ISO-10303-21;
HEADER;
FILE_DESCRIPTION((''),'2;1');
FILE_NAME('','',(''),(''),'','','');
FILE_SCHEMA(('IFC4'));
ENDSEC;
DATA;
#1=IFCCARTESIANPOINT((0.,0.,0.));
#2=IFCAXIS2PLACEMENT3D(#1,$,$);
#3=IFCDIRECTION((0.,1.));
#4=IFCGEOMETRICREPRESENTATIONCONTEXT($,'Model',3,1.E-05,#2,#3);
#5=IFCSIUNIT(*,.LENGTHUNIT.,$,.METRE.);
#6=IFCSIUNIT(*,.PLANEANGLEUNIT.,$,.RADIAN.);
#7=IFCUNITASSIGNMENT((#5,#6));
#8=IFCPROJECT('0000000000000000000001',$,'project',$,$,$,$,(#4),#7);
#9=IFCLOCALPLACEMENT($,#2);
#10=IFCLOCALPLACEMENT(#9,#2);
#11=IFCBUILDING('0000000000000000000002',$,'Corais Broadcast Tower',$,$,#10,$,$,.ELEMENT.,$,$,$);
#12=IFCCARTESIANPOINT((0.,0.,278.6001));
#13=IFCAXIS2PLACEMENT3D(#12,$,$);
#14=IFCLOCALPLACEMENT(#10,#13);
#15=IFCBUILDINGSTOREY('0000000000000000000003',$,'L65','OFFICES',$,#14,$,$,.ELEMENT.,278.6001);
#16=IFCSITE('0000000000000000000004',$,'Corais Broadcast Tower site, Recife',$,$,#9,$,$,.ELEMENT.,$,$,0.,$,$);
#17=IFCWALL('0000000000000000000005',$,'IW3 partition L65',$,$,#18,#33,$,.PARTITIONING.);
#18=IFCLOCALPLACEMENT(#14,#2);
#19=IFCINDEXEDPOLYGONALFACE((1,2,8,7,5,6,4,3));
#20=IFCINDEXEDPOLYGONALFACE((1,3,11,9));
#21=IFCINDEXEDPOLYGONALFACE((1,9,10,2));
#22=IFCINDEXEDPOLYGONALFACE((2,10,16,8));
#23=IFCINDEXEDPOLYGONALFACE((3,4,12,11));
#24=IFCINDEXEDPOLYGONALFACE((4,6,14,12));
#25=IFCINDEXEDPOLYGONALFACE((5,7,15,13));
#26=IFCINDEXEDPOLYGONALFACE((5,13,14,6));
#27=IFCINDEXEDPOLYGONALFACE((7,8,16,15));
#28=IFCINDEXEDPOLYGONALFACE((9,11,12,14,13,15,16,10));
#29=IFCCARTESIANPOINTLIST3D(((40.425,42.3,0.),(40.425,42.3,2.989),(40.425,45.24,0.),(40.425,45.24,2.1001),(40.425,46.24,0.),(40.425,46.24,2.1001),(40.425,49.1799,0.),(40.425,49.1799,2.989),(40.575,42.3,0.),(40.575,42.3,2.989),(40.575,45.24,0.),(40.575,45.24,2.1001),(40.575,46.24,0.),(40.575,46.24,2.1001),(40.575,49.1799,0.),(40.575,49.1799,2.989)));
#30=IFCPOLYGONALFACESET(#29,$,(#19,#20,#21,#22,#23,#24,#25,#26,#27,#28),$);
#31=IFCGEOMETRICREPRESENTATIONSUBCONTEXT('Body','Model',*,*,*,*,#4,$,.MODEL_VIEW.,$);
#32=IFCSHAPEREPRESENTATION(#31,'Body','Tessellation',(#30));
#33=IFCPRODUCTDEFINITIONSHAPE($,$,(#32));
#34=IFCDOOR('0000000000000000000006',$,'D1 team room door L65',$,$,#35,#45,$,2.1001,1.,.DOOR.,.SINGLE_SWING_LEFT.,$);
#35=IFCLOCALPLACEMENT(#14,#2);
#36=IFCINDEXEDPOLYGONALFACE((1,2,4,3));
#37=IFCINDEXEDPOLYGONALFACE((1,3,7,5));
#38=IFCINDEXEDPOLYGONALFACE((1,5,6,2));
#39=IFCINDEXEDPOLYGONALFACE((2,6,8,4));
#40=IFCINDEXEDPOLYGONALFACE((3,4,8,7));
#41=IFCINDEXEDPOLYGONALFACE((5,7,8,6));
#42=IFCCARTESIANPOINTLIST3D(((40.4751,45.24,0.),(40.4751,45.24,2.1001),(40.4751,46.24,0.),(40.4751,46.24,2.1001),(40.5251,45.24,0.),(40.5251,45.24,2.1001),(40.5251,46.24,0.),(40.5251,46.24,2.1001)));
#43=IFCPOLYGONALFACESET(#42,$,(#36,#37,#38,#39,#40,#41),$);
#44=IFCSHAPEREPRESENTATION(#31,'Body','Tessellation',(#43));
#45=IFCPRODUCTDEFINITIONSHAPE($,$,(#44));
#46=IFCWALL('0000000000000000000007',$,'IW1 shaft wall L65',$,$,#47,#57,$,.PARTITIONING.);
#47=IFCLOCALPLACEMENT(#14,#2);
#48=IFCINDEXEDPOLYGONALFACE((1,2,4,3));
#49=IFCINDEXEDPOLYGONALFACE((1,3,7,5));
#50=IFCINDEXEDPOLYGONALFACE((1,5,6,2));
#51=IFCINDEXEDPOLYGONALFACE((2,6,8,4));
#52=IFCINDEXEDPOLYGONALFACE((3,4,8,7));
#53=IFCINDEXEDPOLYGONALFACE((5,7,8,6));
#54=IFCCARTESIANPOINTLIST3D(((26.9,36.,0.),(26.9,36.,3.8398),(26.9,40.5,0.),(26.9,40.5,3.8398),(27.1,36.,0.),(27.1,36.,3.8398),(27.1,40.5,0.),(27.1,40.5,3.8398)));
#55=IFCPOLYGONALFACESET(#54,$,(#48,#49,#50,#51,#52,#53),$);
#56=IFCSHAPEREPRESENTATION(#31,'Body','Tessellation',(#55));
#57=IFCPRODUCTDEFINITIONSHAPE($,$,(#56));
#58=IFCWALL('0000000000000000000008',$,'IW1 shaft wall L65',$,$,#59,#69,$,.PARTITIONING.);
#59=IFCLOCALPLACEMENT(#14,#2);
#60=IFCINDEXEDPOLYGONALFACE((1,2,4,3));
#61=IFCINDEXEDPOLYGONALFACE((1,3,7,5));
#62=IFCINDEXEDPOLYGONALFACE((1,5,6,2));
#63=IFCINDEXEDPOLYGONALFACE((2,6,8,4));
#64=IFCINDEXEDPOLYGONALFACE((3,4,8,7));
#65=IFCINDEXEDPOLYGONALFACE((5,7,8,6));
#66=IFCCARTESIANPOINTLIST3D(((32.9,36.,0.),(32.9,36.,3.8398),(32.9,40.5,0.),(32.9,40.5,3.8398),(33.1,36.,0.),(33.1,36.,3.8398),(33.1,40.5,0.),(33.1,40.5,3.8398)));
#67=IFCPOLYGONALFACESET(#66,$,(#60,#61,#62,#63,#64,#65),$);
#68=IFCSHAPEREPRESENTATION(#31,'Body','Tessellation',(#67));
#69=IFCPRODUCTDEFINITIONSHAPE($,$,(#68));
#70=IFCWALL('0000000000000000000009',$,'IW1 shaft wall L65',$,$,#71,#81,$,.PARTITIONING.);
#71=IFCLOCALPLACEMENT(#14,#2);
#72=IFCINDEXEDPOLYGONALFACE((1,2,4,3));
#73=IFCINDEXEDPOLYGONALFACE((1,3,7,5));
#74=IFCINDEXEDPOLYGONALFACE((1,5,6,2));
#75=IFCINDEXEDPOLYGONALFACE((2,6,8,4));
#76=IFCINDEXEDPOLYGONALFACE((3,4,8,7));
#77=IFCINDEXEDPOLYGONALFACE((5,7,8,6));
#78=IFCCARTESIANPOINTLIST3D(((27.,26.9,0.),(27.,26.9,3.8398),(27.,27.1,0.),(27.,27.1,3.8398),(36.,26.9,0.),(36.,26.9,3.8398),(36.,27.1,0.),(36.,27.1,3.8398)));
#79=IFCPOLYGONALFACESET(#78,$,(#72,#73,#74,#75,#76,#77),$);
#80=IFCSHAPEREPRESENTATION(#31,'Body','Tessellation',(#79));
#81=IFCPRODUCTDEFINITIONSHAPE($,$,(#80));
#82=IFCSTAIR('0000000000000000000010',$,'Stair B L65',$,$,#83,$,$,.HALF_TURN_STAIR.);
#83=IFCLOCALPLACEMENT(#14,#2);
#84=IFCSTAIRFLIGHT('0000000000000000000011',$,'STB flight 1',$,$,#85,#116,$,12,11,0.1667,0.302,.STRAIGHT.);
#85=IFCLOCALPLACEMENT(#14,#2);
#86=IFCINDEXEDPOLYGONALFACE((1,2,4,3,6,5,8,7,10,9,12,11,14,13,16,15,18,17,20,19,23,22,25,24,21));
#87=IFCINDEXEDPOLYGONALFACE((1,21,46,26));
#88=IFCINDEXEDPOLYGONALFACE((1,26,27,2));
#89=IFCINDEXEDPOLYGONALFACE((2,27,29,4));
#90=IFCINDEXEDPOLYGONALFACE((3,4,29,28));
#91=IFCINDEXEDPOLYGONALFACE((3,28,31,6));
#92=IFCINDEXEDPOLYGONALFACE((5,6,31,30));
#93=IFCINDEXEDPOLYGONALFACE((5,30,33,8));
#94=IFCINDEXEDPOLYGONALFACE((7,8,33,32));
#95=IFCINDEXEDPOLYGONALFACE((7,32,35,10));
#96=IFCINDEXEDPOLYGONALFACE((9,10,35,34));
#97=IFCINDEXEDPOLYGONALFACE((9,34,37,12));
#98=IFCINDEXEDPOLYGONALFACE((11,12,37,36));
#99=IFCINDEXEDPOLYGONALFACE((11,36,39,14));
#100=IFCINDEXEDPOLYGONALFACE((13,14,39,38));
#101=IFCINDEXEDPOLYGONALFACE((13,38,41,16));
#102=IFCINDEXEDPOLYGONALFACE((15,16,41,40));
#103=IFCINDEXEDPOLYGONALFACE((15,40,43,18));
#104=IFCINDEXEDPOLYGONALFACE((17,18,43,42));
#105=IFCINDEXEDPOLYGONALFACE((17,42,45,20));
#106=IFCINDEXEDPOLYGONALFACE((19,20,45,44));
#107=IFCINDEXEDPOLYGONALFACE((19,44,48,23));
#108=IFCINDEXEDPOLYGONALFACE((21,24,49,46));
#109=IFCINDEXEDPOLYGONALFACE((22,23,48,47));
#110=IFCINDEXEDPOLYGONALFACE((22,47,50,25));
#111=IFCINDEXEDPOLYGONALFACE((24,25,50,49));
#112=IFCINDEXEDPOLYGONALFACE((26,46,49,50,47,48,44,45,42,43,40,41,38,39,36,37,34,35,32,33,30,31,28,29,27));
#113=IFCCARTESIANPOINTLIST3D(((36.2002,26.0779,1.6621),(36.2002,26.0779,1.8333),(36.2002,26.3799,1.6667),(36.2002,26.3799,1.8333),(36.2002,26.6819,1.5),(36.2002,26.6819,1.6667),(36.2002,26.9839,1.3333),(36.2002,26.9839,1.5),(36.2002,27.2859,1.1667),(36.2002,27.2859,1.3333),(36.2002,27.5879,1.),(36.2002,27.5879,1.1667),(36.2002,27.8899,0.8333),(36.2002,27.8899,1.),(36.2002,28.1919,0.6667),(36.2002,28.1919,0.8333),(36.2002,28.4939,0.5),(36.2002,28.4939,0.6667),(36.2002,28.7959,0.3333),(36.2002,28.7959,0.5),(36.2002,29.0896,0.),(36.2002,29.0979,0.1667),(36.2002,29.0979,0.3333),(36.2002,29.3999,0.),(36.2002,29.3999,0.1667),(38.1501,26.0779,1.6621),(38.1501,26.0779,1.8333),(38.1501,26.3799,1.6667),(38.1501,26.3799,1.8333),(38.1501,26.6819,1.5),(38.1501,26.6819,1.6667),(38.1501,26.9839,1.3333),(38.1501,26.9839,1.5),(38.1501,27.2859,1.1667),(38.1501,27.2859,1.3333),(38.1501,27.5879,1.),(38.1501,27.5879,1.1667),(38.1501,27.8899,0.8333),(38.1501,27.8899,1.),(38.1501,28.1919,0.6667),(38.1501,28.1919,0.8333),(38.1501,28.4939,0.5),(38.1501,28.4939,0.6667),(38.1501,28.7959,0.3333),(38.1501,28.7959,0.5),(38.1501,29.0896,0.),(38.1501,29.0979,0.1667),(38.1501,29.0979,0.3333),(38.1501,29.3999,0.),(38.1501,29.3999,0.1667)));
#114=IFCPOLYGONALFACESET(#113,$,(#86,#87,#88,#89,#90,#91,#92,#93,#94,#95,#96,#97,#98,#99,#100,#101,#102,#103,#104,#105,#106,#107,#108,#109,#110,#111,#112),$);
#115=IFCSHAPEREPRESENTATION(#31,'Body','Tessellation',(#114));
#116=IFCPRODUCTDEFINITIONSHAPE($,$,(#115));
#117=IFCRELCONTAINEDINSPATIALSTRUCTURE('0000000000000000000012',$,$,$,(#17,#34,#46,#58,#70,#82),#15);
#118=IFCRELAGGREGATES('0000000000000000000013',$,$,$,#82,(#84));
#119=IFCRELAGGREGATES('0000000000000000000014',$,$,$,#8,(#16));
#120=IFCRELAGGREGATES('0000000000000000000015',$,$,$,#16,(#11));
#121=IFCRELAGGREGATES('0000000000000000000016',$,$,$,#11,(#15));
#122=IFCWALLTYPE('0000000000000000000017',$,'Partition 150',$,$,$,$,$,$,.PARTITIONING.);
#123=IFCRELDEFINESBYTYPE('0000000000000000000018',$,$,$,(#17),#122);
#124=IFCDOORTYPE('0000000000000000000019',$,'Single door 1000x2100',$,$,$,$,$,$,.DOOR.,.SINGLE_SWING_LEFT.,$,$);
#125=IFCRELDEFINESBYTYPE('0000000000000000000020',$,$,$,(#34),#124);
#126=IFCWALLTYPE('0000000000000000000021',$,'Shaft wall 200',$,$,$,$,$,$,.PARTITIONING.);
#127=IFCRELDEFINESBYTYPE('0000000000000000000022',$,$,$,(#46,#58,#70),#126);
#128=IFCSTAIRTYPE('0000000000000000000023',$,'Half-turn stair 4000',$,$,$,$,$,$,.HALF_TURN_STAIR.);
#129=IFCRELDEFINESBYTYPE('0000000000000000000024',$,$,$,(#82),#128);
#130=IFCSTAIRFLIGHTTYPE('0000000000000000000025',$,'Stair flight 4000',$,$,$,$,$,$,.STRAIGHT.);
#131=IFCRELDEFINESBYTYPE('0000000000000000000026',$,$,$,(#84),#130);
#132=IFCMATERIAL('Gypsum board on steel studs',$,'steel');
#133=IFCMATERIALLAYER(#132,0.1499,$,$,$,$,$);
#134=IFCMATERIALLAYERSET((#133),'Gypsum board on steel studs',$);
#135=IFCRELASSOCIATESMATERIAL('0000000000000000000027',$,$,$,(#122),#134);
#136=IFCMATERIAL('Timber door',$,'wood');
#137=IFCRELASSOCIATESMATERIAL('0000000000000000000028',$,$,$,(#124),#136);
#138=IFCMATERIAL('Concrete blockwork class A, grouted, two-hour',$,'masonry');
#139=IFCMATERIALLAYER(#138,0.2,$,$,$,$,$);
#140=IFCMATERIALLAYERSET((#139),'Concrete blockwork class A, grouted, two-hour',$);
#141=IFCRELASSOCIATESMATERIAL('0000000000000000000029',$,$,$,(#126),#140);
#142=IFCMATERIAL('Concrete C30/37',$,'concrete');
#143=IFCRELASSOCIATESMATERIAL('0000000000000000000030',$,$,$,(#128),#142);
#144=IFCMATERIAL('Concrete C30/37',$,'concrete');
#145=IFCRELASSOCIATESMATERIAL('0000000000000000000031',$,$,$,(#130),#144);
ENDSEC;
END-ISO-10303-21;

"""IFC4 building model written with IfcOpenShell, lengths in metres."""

from ifc_helpers import new_model, si_unit, direction, frame, frame_2d, origin, place, context, subcontext, project, spatial, polyline, rectangle, outline, extrude, material, layer, layer_set, type_object, element, fill, aggregate, save


model = new_model("IFC4")

# Units and contexts
model_context = context("Model", 3, precision=1e-05, world=origin(), true_north=direction((0.0, 1.0)))
body_context = subcontext(model_context, "Body", "Model", "MODEL_VIEW")
ifc_project = project(units=[si_unit("LENGTHUNIT", "METRE"), si_unit("PLANEANGLEUNIT", "RADIAN")], contexts=[model_context])

# Site, building, storey
site_placement = place(None, origin())
site = spatial("IfcSite", under=ifc_project, at=site_placement, Name="Corais Broadcast Tower site, Recife", CompositionType="ELEMENT", RefElevation=0.0)
building_placement = place(site_placement, origin())
building = spatial("IfcBuilding", under=site, at=building_placement, Name="Corais Broadcast Tower", CompositionType="ELEMENT")
storey_placement = place(building_placement, frame((0.0, 0.0, 278.6001)))
storey = spatial("IfcBuildingStorey", under=building, at=storey_placement, Name="L65", Description="OFFICES", CompositionType="ELEMENT", Elevation=278.6001)

# Shared definitions
ifc_material_1 = material(Name="Gypsum board on steel studs", Category="steel")
ifc_layer_1 = layer(ifc_material_1, 0.1499)
ifc_layer_set_1 = layer_set([ifc_layer_1], Name="Gypsum board on steel studs")
wall_type_1 = type_object("IfcWallType", Name="Partition 150", PredefinedType="PARTITIONING", material=ifc_layer_set_1)
ifc_material_2 = material(Name="Timber door", Category="wood")
door_type = type_object("IfcDoorType", Name="Single door 1000x2100", OperationType="SINGLE_SWING_LEFT", PredefinedType="DOOR", material=ifc_material_2)

# Wall, opening, door
wall_1_placement = place(storey_placement, frame((40.5, 42.3, 0.0), z_axis=(0.0, 0.0, 1.0), x_axis=(0.0, 1.0, 0.0)))
wall_1 = element("IfcWall", 1, at=wall_1_placement, inside=storey, type_object=wall_type_1, Name="IW3 partition L65", PredefinedType="PARTITIONING", context=body_context, shape_type="SweptSolid", body=[
    extrude(rectangle(XDim=6.8799, YDim=0.1499, at=frame_2d((3.4399, 0.0))), origin(), (0.0, 0.0, 1.0), 2.989),
])
opening_1_placement = place(wall_1_placement, frame((2.9399, 0.0, 0.0)))
opening_1 = element("IfcOpeningElement", 2, at=opening_1_placement, cuts=wall_1, PredefinedType="OPENING", context=body_context, shape_type="SweptSolid", body=[
    extrude(rectangle(XDim=1.0, YDim=2.1001, at=frame_2d((0.5, 1.05))), frame((0.0, 0.085, 0.0), z_axis=(0.0, -1.0, 0.0), x_axis=(1.0, 0.0, 0.0)), (0.0, 0.0, 1.0), 0.1699),
])
door_1_placement = place(opening_1_placement, origin())
door_1 = element("IfcDoor", 3, at=door_1_placement, inside=storey, type_object=door_type, Name="D1 team room door L65", OperationType="SINGLE_SWING_LEFT", OverallHeight=2.1001, OverallWidth=1.0, PredefinedType="DOOR", context=body_context, shape_type="SweptSolid", body=[
    extrude(rectangle(XDim=1.0, YDim=2.1001, at=frame_2d((0.5, 1.05))), frame((0.0, 0.0249, 0.0), z_axis=(0.0, -1.0, 0.0), x_axis=(1.0, 0.0, 0.0)), (0.0, 0.0, 1.0), 0.05),
])
fill(opening_1, door_1)

# Walls
ifc_material_3 = material(Name="Concrete blockwork class A, grouted, two-hour", Category="masonry")
ifc_layer_2 = layer(ifc_material_3, 0.2)
ifc_layer_set_2 = layer_set([ifc_layer_2], Name="Concrete blockwork class A, grouted, two-hour")
wall_type_2 = type_object("IfcWallType", Name="Shaft wall 200", PredefinedType="PARTITIONING", material=ifc_layer_set_2)
for number, where, z_axis, x_axis, name in (
    (4, (27.0, 36.0, 0.0), (0.0, 0.0, 1.0), (0.0, 1.0, 0.0), "IW1 shaft wall L65"),
    (5, (33.0, 36.0, 0.0), (0.0, 0.0, 1.0), (0.0, 1.0, 0.0), "IW1 shaft wall L65"),
):
    element("IfcWall", number, at=place(storey_placement, frame(where, z_axis=z_axis, x_axis=x_axis)), inside=storey, type_object=wall_type_2, Name=name, PredefinedType="PARTITIONING", context=body_context, shape_type="SweptSolid", body=[
        extrude(rectangle(XDim=4.5, YDim=0.2, at=frame_2d((2.25, 0.0))), origin(), (0.0, 0.0, 1.0), 3.8398),
    ])
wall_2_placement = place(storey_placement, frame((27.0, 27.0, 0.0), z_axis=(0.0, 0.0, 1.0), x_axis=(1.0, 0.0, 0.0)))
element("IfcWall", 6, at=wall_2_placement, inside=storey, type_object=wall_type_2, Name="IW1 shaft wall L65", PredefinedType="PARTITIONING", context=body_context, shape_type="SweptSolid", body=[
    extrude(rectangle(XDim=9.0, YDim=0.2, at=frame_2d((4.5, 0.0))), origin(), (0.0, 0.0, 1.0), 3.8398),
])

# Stair, stair flight
ifc_material_4 = material(Name="Concrete C30/37", Category="concrete")
stair_type = type_object("IfcStairType", Name="Half-turn stair 4000", PredefinedType="HALF_TURN_STAIR", material=ifc_material_4)
stair_placement = place(storey_placement, origin())
stair = element("IfcStair", 7, at=stair_placement, inside=storey, type_object=stair_type, Name="Stair B L65", PredefinedType="HALF_TURN_STAIR")
ifc_material_5 = material(Name="Concrete C30/37", Category="concrete")
stair_flight_type = type_object("IfcStairFlightType", Name="Stair flight 4000", PredefinedType="STRAIGHT", material=ifc_material_5)
stair_flight_placement = place(storey_placement, frame((37.175, 29.3999, 0.0), z_axis=(0.0, 0.0, 1.0), x_axis=(0.0, -1.0, 0.0)))
stair_flight = element("IfcStairFlight", 8, at=stair_flight_placement, type_object=stair_flight_type, Name="STB flight 1", NumberOfRisers=12, NumberOfTreads=11, PredefinedType="STRAIGHT", RiserHeight=0.1667, TreadLength=0.302, context=body_context, shape_type="SweptSolid", body=[
    extrude(outline(polyline([(0.0, 0.0), (0.0, 0.1667), (0.302, 0.1667), (0.302, 0.3333), (0.604, 0.3333), (0.604, 0.5), (0.906, 0.5), (0.906, 0.6667), (1.208, 0.6667), (1.208, 0.8333), (1.51, 0.8333), (1.51, 1.0), (1.812, 1.0), (1.812, 1.1667), (2.114, 1.1667), (2.114, 1.3333), (2.416, 1.3333), (2.416, 1.5), (2.718, 1.5), (2.718, 1.6667), (3.02, 1.6667), (3.02, 1.8333), (3.322, 1.8333), (3.322, 2.0), (3.322, 1.6621), (0.3103, 0.0), (0.0, 0.0)])), frame((0.0, 0.9751, 0.0), z_axis=(0.0, -1.0, 0.0), x_axis=(1.0, 0.0, 0.0)), (0.0, 0.0, 1.0), 1.95),
])
aggregate(stair, [stair_flight])

save(model, "model.ifc")
